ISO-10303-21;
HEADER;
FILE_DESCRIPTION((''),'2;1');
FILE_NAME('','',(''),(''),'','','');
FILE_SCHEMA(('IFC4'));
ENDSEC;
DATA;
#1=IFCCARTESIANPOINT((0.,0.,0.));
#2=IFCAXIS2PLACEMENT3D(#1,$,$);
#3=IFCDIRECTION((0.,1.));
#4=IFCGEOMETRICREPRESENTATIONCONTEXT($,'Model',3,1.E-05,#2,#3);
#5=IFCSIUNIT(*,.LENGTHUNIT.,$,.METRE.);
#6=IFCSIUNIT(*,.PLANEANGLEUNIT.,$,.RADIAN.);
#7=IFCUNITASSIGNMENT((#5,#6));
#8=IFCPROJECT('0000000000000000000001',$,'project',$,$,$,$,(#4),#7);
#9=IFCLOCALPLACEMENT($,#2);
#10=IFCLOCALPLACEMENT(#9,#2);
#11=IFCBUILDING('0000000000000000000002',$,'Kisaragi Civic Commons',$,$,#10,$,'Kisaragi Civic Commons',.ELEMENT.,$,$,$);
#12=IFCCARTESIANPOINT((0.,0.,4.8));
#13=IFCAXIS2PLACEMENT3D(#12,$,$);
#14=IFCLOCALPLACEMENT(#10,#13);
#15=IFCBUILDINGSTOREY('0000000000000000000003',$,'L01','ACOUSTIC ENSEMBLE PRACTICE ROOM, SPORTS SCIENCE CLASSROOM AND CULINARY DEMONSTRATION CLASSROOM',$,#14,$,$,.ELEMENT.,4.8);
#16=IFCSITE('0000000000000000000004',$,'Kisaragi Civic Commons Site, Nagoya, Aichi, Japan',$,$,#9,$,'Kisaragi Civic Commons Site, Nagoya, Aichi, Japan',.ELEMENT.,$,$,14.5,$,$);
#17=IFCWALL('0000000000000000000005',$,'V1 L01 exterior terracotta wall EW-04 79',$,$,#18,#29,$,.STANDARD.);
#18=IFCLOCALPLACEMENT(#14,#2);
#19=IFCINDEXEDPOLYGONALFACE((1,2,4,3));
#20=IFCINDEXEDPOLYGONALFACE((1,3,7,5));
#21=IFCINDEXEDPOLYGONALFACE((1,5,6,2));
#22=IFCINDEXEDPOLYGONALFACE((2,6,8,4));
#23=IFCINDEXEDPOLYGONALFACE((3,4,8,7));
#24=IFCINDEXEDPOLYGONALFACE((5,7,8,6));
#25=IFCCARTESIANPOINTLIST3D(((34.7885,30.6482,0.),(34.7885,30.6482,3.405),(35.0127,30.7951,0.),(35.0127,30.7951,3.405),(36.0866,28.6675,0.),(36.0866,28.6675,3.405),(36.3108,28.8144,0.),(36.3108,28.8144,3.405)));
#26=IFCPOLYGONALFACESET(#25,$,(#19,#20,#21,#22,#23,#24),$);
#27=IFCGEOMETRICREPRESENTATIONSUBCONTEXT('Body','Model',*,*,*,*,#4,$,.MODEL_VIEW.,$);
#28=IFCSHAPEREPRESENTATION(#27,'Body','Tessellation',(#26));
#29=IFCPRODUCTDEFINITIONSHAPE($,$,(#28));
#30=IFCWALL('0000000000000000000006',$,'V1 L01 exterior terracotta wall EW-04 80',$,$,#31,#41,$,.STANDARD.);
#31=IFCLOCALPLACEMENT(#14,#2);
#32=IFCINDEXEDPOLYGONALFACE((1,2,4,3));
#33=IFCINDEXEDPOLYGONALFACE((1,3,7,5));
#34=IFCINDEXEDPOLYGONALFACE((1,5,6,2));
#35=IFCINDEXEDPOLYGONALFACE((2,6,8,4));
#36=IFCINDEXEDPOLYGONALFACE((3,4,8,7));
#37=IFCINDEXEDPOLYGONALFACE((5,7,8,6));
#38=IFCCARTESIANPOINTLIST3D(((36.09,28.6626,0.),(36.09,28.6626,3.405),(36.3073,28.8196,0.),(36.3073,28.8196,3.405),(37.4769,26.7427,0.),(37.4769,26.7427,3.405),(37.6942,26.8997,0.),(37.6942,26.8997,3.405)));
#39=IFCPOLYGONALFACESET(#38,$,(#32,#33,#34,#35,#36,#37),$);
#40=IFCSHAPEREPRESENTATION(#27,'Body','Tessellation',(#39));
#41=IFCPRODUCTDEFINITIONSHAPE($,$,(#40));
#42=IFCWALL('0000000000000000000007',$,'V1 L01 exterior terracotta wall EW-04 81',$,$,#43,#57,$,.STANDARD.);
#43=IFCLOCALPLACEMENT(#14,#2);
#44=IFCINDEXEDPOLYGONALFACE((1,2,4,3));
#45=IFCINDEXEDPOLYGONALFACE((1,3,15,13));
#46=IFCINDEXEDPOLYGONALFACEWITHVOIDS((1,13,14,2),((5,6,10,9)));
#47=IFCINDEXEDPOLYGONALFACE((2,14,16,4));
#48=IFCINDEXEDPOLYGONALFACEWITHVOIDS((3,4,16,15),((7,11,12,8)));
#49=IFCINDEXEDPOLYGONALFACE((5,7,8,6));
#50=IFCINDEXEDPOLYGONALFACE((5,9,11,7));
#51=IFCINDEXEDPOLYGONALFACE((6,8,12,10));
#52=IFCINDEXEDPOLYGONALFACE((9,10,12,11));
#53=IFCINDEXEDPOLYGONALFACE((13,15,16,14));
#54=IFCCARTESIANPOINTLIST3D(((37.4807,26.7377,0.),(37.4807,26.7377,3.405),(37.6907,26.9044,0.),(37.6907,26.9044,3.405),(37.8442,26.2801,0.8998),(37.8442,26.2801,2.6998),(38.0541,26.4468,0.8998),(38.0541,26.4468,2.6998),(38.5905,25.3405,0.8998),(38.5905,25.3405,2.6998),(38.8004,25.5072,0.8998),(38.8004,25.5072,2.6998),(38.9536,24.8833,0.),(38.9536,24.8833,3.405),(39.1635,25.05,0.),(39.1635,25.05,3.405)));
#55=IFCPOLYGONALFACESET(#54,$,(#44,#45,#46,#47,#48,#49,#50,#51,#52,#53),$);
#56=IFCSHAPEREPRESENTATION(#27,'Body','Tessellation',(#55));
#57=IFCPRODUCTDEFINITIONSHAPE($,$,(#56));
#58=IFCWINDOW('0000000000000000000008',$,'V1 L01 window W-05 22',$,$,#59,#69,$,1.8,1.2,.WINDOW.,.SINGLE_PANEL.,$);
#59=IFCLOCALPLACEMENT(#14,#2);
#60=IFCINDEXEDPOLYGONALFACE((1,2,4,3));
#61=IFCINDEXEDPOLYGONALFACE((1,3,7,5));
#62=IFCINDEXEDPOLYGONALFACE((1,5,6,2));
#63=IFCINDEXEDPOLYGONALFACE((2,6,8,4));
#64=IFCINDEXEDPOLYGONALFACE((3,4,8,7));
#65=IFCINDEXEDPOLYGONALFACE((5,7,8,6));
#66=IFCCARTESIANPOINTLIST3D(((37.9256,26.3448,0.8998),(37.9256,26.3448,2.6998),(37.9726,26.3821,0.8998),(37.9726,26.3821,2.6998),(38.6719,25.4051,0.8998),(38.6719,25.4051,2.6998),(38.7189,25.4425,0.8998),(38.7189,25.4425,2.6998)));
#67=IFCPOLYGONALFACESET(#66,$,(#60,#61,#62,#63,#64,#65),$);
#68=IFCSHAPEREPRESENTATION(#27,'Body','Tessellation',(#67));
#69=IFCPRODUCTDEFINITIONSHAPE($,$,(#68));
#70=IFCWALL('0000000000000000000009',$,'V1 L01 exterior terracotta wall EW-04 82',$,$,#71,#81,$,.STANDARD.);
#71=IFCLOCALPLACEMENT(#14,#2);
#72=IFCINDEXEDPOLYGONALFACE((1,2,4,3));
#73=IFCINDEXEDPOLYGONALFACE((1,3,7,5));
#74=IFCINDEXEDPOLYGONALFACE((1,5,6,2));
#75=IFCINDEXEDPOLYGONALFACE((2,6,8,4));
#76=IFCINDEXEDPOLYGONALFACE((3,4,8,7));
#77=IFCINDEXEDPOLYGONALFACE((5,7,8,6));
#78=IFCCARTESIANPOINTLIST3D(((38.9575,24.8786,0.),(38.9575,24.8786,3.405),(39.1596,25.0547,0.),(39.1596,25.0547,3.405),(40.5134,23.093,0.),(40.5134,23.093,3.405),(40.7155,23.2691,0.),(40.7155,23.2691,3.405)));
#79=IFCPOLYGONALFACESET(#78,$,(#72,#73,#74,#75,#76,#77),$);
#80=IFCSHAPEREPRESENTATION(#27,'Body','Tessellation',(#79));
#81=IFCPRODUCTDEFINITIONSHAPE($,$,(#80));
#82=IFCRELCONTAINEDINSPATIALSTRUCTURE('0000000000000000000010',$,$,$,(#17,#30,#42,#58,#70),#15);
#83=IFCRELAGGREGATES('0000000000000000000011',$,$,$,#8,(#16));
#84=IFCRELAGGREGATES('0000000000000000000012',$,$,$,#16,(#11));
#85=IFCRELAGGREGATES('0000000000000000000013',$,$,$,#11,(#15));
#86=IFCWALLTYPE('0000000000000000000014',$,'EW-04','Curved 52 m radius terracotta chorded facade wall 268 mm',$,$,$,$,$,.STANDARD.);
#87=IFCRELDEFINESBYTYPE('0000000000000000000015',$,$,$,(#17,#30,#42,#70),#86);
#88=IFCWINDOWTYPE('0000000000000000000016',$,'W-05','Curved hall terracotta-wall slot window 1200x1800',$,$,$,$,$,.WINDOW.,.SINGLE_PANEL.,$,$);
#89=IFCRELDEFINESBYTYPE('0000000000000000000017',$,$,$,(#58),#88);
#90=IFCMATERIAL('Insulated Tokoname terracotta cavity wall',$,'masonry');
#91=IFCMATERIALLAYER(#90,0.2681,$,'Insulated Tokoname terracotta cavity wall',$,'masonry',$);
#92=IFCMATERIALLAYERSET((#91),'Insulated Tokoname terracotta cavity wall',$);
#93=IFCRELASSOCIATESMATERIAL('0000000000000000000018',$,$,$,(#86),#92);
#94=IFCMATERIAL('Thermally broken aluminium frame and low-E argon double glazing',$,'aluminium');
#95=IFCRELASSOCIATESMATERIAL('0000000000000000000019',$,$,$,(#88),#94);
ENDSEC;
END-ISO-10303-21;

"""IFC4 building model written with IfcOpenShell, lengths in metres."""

from ifc_helpers import new_model, si_unit, direction, frame, frame_2d, origin, place, context, subcontext, project, spatial, rectangle, extrude, material, layer, layer_set, type_object, element, fill, save


model = new_model("IFC4")

# Units and contexts
model_context = context("Model", 3, precision=1e-05, world=origin(), true_north=direction((0.0, 1.0)))
body_context = subcontext(model_context, "Body", "Model", "MODEL_VIEW")
ifc_project = project(units=[si_unit("LENGTHUNIT", "METRE"), si_unit("PLANEANGLEUNIT", "RADIAN")], contexts=[model_context])

# Site, building, storey
site_placement = place(None, origin())
site = spatial("IfcSite", under=ifc_project, at=site_placement, Name="Kisaragi Civic Commons Site, Nagoya, Aichi, Japan", LongName="Kisaragi Civic Commons Site, Nagoya, Aichi, Japan", CompositionType="ELEMENT", RefElevation=14.5)
building_placement = place(site_placement, origin())
building = spatial("IfcBuilding", under=site, at=building_placement, Name="Kisaragi Civic Commons", LongName="Kisaragi Civic Commons", CompositionType="ELEMENT")
storey_placement = place(building_placement, frame((0.0, 0.0, 4.8)))
storey = spatial("IfcBuildingStorey", under=building, at=storey_placement, Name="L01", Description="ACOUSTIC ENSEMBLE PRACTICE ROOM, SPORTS SCIENCE CLASSROOM AND CULINARY DEMONSTRATION CLASSROOM", CompositionType="ELEMENT", Elevation=4.8)

# Walls
ifc_material_1 = material(Name="Insulated Tokoname terracotta cavity wall", Category="masonry")
ifc_layer = layer(ifc_material_1, 0.2681, Name="Insulated Tokoname terracotta cavity wall", Category="masonry")
ifc_layer_set = layer_set([ifc_layer], Name="Insulated Tokoname terracotta cavity wall")
wall_type = type_object("IfcWallType", Name="EW-04", Description="Curved 52 m radius terracotta chorded facade wall 268 mm", PredefinedType="STANDARD", material=ifc_layer_set)
wall_1_placement = place(storey_placement, frame((34.9006, 30.7217, 0.0), z_axis=(0.0, 0.0, 1.0), x_axis=(0.548141, -0.836386, 0.0)))
element("IfcWall", 1, at=wall_1_placement, inside=storey, type_object=wall_type, Name="V1 L01 exterior terracotta wall EW-04 79", PredefinedType="STANDARD", context=body_context, shape_type="SweptSolid", body=[
    extrude(rectangle(XDim=2.3682, YDim=0.2681, at=frame_2d((1.1841, 0.0))), origin(), (0.0, 0.0, 1.0), 3.405),
])
wall_2_placement = place(storey_placement, frame((36.1987, 28.741, 0.0), z_axis=(0.0, 0.0, 1.0), x_axis=(0.585588, -0.810609, 0.0)))
element("IfcWall", 2, at=wall_2_placement, inside=storey, type_object=wall_type, Name="V1 L01 exterior terracotta wall EW-04 80", PredefinedType="STANDARD", context=body_context, shape_type="SweptSolid", body=[
    extrude(rectangle(XDim=2.3684, YDim=0.2681, at=frame_2d((1.1841, 0.0))), origin(), (0.0, 0.0, 1.0), 3.405),
])

# Wall, opening, window
wall_3_placement = place(storey_placement, frame((37.5857, 26.821, 0.0), z_axis=(0.0, 0.0, 1.0), x_axis=(0.621938, -0.783067, 0.0)))
wall_3 = element("IfcWall", 3, at=wall_3_placement, inside=storey, type_object=wall_type, Name="V1 L01 exterior terracotta wall EW-04 81", PredefinedType="STANDARD", context=body_context, shape_type="SweptSolid", body=[
    extrude(rectangle(XDim=2.3682, YDim=0.2681, at=frame_2d((1.1841, 0.0))), origin(), (0.0, 0.0, 1.0), 3.405),
])
opening_placement = place(wall_3_placement, frame((0.5842, 0.0, 0.8999)))
opening = element("IfcOpeningElement", 4, at=opening_placement, cuts=wall_3, PredefinedType="OPENING", context=body_context, shape_type="SweptSolid", body=[
    extrude(rectangle(XDim=1.2, YDim=1.8, at=frame_2d((0.6001, 0.8999))), frame((0.0, 0.144, 0.0), z_axis=(0.0, -1.0, 0.0), x_axis=(1.0, 0.0, 0.0)), (0.0, 0.0, 1.0), 0.2881),
])
ifc_material_2 = material(Name="Thermally broken aluminium frame and low-E argon double glazing", Category="aluminium")
window_type = type_object("IfcWindowType", Name="W-05", Description="Curved hall terracotta-wall slot window 1200x1800", PartitioningType="SINGLE_PANEL", PredefinedType="WINDOW", material=ifc_material_2)
window_placement = place(opening_placement, origin())
window = element("IfcWindow", 5, at=window_placement, inside=storey, type_object=window_type, Name="V1 L01 window W-05 22", OverallHeight=1.8, OverallWidth=1.2, PartitioningType="SINGLE_PANEL", PredefinedType="WINDOW", context=body_context, shape_type="SweptSolid", body=[
    extrude(rectangle(XDim=1.2, YDim=1.8, at=frame_2d((0.6001, 0.8999))), frame((0.0, 0.03, 0.0), z_axis=(0.0, -1.0, 0.0), x_axis=(1.0, 0.0, 0.0)), (0.0, 0.0, 1.0), 0.0601),
])
fill(opening, window)

# Wall
wall_4_placement = place(storey_placement, frame((39.0586, 24.9666, 0.0), z_axis=(0.0, 0.0, 1.0), x_axis=(0.656941, -0.753942, 0.0)))
element("IfcWall", 6, at=wall_4_placement, inside=storey, type_object=wall_type, Name="V1 L01 exterior terracotta wall EW-04 82", PredefinedType="STANDARD", context=body_context, shape_type="SweptSolid", body=[
    extrude(rectangle(XDim=2.3684, YDim=0.2681, at=frame_2d((1.1841, 0.0))), origin(), (0.0, 0.0, 1.0), 3.405),
])

save(model, "model.ifc")
